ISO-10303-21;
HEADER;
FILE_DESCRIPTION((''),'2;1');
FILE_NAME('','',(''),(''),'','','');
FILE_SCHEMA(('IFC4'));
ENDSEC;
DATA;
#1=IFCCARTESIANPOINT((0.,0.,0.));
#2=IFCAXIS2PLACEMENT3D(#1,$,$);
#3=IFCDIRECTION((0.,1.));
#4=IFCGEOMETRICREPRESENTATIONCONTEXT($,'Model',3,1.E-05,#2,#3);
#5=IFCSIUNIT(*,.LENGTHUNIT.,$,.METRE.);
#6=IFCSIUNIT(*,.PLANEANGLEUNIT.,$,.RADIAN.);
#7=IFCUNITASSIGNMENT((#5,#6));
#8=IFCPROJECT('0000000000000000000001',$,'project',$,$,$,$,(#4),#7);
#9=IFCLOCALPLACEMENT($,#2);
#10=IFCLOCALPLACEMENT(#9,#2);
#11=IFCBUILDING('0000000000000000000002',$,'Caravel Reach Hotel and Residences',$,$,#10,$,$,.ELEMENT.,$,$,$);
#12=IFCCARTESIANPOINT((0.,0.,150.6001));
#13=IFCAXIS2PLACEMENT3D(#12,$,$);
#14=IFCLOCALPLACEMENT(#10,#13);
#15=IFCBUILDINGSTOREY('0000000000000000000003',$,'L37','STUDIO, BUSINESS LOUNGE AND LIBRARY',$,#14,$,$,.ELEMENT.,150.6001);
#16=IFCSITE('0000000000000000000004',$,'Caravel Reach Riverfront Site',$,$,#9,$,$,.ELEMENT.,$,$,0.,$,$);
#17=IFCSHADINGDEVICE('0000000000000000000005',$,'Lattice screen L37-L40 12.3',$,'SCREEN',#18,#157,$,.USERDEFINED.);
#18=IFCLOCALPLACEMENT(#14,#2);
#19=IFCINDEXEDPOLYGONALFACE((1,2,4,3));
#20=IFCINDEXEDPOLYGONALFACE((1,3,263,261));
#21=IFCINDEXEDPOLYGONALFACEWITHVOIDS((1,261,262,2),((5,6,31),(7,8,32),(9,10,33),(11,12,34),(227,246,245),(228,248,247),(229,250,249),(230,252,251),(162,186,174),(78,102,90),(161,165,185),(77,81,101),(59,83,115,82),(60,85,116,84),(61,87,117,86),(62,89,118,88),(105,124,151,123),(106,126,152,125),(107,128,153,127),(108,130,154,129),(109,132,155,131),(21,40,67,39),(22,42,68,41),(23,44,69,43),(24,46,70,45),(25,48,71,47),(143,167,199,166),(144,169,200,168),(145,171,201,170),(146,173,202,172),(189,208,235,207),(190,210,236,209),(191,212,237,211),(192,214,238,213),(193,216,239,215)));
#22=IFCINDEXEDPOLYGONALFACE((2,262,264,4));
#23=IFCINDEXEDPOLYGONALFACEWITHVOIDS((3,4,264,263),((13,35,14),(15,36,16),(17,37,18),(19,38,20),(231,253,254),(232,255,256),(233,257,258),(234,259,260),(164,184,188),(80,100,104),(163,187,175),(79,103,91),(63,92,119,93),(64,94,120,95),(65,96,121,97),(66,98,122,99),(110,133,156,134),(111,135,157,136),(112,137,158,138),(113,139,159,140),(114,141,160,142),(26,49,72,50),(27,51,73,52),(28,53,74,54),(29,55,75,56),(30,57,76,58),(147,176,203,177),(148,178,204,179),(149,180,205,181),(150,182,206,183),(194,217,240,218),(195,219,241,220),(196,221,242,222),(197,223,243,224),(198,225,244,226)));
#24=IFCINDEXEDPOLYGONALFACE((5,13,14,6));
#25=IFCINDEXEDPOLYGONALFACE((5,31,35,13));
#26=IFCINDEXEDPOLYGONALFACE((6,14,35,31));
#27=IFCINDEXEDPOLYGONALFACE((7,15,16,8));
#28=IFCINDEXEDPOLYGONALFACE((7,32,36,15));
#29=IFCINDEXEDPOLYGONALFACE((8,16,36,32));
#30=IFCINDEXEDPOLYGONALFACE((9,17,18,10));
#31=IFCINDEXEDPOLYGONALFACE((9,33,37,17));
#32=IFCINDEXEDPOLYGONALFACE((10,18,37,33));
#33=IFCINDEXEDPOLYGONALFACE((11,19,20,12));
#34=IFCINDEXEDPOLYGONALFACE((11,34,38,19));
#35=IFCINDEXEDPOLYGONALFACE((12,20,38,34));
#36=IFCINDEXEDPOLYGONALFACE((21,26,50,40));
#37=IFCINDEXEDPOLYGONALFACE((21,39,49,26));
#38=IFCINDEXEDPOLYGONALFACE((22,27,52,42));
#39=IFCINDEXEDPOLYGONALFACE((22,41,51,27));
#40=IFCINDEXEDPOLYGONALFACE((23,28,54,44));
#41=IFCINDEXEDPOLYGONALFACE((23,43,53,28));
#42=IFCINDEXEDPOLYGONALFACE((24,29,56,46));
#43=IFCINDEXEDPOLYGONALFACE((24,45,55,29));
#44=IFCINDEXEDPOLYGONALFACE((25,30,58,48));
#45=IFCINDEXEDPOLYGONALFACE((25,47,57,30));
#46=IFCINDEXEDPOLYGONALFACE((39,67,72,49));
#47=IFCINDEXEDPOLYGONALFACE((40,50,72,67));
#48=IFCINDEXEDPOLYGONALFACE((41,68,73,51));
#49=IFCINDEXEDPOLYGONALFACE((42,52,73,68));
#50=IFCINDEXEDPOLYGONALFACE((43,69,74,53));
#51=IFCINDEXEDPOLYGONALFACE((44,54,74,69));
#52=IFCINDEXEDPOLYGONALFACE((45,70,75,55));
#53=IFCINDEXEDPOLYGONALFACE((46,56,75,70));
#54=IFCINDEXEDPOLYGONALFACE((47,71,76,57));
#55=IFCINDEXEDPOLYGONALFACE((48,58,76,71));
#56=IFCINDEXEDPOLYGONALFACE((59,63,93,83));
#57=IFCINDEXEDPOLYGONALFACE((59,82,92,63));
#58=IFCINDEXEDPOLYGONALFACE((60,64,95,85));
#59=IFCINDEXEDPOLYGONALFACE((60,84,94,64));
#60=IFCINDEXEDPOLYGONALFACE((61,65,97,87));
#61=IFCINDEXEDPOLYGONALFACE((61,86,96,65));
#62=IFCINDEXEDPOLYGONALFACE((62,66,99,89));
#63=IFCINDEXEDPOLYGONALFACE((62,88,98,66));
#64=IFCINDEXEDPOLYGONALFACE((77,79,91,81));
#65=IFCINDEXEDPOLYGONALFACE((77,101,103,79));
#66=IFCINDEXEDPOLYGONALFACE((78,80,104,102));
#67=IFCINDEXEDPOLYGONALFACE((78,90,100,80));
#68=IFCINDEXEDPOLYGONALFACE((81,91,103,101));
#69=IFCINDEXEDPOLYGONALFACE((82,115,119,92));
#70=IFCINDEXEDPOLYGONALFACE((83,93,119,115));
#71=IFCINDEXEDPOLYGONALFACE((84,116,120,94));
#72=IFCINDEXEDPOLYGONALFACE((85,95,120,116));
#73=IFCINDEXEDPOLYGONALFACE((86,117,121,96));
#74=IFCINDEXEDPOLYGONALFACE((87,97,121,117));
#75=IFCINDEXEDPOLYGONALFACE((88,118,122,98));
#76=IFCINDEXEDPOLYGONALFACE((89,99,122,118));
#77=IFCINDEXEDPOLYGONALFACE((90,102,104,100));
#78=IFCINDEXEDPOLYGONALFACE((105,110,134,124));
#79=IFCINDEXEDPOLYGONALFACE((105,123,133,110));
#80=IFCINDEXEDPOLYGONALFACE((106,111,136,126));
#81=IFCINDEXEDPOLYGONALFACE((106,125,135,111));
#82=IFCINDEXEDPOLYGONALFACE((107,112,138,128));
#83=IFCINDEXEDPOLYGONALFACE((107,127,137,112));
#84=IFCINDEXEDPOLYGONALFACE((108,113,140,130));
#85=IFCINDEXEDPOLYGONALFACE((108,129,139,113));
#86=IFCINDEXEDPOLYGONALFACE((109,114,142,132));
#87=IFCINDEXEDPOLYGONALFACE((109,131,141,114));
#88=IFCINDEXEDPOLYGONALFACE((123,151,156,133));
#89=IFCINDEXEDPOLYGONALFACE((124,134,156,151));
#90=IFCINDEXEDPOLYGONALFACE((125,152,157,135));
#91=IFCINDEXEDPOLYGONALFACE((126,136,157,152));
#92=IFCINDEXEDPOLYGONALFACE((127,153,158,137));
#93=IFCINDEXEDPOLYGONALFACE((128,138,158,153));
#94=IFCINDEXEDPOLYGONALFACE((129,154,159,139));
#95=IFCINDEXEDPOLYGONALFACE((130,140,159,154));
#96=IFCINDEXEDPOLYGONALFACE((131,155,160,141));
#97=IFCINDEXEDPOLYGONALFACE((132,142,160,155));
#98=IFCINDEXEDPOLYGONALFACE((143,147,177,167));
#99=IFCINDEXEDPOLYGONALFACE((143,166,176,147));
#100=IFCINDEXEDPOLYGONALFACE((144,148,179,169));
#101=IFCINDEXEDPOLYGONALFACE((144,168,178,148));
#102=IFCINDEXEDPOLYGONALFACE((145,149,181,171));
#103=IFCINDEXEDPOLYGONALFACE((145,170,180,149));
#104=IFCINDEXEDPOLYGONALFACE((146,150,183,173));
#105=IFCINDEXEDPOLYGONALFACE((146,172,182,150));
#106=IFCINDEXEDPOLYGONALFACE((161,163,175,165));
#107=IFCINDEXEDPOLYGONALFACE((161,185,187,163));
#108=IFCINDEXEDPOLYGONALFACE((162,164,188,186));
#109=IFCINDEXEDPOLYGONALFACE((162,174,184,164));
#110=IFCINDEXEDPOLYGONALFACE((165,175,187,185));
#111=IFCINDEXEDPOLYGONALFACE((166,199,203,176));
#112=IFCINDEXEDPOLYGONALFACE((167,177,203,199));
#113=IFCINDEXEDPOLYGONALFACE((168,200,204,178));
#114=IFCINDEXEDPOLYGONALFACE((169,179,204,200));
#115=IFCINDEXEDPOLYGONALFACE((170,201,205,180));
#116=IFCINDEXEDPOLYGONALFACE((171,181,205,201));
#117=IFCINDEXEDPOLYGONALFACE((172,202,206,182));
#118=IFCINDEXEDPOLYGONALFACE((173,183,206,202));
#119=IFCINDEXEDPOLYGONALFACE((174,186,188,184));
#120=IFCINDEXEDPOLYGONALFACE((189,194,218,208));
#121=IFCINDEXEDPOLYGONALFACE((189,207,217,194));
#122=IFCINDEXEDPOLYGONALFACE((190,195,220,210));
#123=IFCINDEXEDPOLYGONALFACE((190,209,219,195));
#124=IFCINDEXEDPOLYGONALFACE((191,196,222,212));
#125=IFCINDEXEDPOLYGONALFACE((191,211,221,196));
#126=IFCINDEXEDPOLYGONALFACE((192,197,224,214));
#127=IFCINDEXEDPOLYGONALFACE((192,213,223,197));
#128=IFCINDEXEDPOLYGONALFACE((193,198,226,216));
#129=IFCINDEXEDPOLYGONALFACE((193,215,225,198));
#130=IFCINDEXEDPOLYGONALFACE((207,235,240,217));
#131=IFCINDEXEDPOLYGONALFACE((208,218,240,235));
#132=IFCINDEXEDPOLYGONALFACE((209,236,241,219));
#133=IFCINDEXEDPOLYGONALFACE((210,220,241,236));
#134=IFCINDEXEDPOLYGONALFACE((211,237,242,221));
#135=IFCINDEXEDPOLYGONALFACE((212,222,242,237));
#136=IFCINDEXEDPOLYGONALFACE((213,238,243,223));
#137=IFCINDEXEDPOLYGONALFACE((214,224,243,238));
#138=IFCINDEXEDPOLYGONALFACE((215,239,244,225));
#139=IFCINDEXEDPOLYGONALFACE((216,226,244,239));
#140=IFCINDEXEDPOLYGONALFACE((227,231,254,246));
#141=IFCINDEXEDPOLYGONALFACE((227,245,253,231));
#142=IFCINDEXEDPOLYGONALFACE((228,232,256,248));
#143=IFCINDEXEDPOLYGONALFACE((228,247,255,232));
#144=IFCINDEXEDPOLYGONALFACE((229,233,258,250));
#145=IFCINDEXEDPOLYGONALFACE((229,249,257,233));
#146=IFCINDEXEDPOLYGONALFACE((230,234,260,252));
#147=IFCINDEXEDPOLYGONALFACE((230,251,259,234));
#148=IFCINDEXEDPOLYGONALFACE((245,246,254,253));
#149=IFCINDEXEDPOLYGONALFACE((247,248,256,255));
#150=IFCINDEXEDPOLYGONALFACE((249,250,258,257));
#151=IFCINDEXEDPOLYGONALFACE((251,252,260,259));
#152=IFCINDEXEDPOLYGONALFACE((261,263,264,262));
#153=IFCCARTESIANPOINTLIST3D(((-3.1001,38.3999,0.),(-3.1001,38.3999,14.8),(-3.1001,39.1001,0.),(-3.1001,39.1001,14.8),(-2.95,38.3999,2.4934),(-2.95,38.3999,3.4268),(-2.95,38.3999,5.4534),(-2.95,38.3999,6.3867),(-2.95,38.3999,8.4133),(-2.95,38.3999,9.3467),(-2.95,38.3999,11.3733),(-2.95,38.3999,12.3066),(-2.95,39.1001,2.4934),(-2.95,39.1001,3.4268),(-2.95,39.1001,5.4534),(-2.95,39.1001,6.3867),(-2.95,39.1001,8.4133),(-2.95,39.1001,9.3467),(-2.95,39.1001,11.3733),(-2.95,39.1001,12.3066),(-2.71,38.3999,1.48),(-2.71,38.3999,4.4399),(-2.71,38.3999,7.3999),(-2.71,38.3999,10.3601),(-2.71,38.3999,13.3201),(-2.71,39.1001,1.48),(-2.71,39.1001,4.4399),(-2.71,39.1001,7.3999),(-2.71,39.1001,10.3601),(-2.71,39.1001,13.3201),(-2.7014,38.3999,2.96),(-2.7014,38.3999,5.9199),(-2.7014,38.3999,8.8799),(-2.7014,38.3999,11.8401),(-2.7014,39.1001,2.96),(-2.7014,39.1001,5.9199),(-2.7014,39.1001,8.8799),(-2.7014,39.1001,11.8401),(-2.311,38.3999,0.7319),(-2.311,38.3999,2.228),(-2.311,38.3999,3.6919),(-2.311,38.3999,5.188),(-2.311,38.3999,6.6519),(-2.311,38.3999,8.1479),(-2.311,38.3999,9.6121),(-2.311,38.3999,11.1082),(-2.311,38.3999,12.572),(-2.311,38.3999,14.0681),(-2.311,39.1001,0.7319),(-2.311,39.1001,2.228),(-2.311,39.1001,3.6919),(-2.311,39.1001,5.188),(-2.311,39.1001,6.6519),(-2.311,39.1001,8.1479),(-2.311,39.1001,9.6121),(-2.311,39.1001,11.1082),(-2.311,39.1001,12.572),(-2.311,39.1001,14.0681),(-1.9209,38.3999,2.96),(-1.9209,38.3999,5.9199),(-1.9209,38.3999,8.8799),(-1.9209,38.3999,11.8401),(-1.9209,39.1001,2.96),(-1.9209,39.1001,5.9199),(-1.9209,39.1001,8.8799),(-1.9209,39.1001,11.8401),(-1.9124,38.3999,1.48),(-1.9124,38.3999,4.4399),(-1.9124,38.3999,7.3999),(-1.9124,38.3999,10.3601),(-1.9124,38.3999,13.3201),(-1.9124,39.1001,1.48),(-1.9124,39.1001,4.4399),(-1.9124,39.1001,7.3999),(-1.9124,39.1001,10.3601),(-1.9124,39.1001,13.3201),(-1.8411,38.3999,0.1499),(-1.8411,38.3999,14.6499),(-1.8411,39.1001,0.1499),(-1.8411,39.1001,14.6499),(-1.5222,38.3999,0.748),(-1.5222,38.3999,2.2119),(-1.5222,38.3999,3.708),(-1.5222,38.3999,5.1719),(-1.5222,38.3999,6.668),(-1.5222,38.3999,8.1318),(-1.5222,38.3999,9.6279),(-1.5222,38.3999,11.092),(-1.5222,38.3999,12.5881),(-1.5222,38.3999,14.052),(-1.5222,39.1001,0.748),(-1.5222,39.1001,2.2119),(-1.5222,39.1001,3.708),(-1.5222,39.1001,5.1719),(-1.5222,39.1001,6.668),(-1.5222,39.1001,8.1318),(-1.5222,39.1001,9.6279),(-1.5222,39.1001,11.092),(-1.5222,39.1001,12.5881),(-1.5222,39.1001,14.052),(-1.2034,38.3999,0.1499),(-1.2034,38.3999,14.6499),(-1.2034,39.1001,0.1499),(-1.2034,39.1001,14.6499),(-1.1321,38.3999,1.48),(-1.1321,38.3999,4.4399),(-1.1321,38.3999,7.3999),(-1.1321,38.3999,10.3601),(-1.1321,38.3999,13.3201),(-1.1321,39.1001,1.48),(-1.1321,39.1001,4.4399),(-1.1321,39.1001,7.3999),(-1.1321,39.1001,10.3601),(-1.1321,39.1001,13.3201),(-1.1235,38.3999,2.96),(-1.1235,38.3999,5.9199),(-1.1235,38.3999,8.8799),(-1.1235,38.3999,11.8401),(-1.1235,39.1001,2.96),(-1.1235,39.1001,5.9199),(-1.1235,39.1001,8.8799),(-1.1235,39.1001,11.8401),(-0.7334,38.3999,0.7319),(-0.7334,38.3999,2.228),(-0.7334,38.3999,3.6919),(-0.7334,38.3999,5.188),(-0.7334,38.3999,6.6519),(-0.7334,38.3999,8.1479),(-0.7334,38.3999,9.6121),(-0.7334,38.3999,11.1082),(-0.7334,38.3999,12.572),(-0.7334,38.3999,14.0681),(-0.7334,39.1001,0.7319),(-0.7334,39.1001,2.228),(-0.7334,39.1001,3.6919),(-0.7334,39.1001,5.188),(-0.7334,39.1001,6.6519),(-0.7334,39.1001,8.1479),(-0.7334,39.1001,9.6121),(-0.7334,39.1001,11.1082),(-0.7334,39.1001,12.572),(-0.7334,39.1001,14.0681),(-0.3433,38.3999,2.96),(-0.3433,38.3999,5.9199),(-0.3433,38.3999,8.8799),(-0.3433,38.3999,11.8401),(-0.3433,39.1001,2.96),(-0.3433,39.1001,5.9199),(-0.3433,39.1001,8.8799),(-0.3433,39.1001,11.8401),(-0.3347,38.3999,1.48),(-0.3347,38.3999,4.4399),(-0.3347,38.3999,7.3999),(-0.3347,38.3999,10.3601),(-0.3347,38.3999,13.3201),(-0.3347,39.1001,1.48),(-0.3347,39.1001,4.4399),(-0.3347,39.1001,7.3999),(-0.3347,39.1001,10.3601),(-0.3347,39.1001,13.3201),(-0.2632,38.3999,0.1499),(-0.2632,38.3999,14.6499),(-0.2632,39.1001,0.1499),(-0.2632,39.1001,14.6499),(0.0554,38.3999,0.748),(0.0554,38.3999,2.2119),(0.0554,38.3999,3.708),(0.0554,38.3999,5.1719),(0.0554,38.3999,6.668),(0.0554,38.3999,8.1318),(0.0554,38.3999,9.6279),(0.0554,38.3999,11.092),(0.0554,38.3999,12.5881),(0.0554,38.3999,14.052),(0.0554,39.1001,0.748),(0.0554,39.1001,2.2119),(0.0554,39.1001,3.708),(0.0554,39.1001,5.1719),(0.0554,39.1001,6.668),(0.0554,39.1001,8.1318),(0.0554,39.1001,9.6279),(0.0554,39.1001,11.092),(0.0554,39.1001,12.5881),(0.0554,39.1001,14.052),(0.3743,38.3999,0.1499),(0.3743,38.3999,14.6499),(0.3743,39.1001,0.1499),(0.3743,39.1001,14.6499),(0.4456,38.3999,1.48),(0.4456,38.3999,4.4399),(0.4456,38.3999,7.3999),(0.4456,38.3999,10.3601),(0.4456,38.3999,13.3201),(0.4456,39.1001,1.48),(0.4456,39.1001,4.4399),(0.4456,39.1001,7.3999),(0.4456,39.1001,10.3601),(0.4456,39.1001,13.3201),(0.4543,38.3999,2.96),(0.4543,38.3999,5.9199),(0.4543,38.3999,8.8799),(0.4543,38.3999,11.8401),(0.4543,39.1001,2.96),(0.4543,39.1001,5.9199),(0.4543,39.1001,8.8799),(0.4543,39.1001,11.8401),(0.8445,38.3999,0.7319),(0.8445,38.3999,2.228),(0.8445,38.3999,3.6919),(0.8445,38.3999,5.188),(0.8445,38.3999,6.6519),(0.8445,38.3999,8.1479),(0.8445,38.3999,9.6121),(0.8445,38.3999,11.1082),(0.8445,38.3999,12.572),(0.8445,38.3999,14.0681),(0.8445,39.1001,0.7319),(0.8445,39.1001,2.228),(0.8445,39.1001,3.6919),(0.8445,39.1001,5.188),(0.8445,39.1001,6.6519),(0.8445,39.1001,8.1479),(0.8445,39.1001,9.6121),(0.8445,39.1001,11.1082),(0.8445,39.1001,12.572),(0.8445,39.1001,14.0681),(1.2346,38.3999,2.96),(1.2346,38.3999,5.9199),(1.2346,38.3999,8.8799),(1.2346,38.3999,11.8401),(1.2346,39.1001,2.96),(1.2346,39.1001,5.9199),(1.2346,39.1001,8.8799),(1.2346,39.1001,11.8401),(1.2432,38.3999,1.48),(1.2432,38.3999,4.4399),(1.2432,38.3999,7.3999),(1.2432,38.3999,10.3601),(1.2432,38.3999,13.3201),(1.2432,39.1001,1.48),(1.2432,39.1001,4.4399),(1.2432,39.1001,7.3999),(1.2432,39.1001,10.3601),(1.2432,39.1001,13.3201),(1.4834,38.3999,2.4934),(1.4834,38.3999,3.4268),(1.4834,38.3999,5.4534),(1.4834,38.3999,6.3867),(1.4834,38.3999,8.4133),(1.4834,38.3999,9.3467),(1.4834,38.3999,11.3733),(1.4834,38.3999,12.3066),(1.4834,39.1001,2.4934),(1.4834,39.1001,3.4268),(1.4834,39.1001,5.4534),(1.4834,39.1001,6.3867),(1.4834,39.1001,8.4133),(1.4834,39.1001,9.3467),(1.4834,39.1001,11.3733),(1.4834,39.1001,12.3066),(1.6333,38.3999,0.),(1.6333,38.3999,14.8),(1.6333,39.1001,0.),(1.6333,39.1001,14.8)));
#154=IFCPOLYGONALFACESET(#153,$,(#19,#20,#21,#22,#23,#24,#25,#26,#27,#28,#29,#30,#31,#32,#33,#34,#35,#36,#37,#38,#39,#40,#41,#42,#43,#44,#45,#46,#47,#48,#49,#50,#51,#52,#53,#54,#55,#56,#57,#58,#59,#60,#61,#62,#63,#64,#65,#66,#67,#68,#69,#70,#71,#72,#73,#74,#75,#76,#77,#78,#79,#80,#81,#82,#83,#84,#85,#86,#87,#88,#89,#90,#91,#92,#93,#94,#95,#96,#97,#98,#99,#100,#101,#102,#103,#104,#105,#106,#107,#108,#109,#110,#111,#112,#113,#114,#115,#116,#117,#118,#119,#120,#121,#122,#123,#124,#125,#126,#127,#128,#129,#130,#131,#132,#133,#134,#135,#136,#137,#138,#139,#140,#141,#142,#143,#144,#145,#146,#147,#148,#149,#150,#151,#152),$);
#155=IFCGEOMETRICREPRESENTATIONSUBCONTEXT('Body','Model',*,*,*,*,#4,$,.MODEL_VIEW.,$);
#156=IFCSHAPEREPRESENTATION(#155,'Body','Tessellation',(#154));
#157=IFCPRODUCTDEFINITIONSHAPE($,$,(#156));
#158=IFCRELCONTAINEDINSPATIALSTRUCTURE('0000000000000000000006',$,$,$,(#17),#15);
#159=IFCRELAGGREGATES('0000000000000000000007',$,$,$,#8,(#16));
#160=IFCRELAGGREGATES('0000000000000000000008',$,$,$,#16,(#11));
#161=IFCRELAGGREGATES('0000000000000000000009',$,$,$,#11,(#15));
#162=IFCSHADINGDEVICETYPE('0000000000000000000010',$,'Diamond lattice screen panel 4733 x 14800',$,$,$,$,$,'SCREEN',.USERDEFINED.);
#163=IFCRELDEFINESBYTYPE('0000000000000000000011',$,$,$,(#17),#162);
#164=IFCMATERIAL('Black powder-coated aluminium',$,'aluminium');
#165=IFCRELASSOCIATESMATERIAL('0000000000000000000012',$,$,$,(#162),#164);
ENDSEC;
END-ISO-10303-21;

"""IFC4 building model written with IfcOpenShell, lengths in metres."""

from ifc_helpers import new_model, si_unit, direction, frame, origin, place, context, subcontext, project, spatial, polyline, outline, extrude, material, type_object, element, save


model = new_model("IFC4")

# Units and contexts
model_context = context("Model", 3, precision=1e-05, world=origin(), true_north=direction((0.0, 1.0)))
body_context = subcontext(model_context, "Body", "Model", "MODEL_VIEW")
ifc_project = project(units=[si_unit("LENGTHUNIT", "METRE"), si_unit("PLANEANGLEUNIT", "RADIAN")], contexts=[model_context])

# Site, building, storey
site_placement = place(None, origin())
site = spatial("IfcSite", under=ifc_project, at=site_placement, Name="Caravel Reach Riverfront Site", CompositionType="ELEMENT", RefElevation=0.0)
building_placement = place(site_placement, origin())
building = spatial("IfcBuilding", under=site, at=building_placement, Name="Caravel Reach Hotel and Residences", CompositionType="ELEMENT")
storey_placement = place(building_placement, frame((0.0, 0.0, 150.6001)))
storey = spatial("IfcBuildingStorey", under=building, at=storey_placement, Name="L37", Description="STUDIO, BUSINESS LOUNGE AND LIBRARY", CompositionType="ELEMENT", Elevation=150.6001)

# Shading device
ifc_material_1 = material(Name="Black powder-coated aluminium", Category="aluminium")
shading_device_type_1 = type_object("IfcShadingDeviceType", Name="Diamond lattice screen panel 4733 x 14800", ElementType="SCREEN", PredefinedType="USERDEFINED", material=ifc_material_1)
shading_device_1_placement = place(storey_placement, frame((1.6333, 38.3999, 0.0), z_axis=(0.0, 1.0, 0.0), x_axis=(-1.0, 0.0, 0.0)))
element("IfcShadingDevice", 1, at=shading_device_1_placement, inside=storey, type_object=shading_device_type_1, Name="Lattice screen L37-L40 12.3", ObjectType="SCREEN", PredefinedType="USERDEFINED", context=body_context, shape_type="SweptSolid", body=[
    extrude(outline(polyline([(0.0, 0.0), (4.7334, 0.0), (4.7334, 14.8), (0.0, 14.8), (0.0, 0.0)]), holes=[polyline([(0.3987, 2.96), (0.1499, 3.4268), (0.1499, 2.4934), (0.3987, 2.96)]), polyline([(0.3987, 5.9199), (0.1499, 6.3867), (0.1499, 5.4534), (0.3987, 5.9199)]), polyline([(0.3987, 8.8799), (0.1499, 9.3467), (0.1499, 8.4133), (0.3987, 8.8799)]), polyline([(0.3987, 11.8401), (0.1499, 12.3066), (0.1499, 11.3733), (0.3987, 11.8401)]), polyline([(0.7888, 2.228), (0.3901, 1.48), (0.7888, 0.7319), (1.1877, 1.48), (0.7888, 2.228)]), polyline([(0.7888, 5.188), (0.3901, 4.4399), (0.7888, 3.6919), (1.1877, 4.4399), (0.7888, 5.188)]), polyline([(0.7888, 8.1479), (0.3901, 7.3999), (0.7888, 6.6519), (1.1877, 7.3999), (0.7888, 8.1479)]), polyline([(0.7888, 11.1082), (0.3901, 10.3601), (0.7888, 9.6121), (1.1877, 10.3601), (0.7888, 11.1082)]), polyline([(0.7888, 14.0681), (0.3901, 13.3201), (0.7888, 12.572), (1.1877, 13.3201), (0.7888, 14.0681)]), polyline([(1.5779, 0.748), (1.259, 0.1499), (1.8965, 0.1499), (1.5779, 0.748)]), polyline([(1.5779, 3.708), (1.179, 2.96), (1.5779, 2.2119), (1.9766, 2.96), (1.5779, 3.708)]), polyline([(1.5779, 6.668), (1.179, 5.9199), (1.5779, 5.1719), (1.9766, 5.9199), (1.5779, 6.668)]), polyline([(1.5779, 9.6279), (1.179, 8.8799), (1.5779, 8.1318), (1.9766, 8.8799), (1.5779, 9.6279)]), polyline([(1.5779, 12.5881), (1.179, 11.8401), (1.5779, 11.092), (1.9766, 11.8401), (1.5779, 12.5881)]), polyline([(1.5779, 14.052), (1.8965, 14.6499), (1.259, 14.6499), (1.5779, 14.052)]), polyline([(2.3667, 2.228), (1.968, 1.48), (2.3667, 0.7319), (2.7654, 1.48), (2.3667, 2.228)]), polyline([(2.3667, 5.188), (1.968, 4.4399), (2.3667, 3.6919), (2.7654, 4.4399), (2.3667, 5.188)]), polyline([(2.3667, 8.1479), (1.968, 7.3999), (2.3667, 6.6519), (2.7654, 7.3999), (2.3667, 8.1479)]), polyline([(2.3667, 11.1082), (1.968, 10.3601), (2.3667, 9.6121), (2.7654, 10.3601), (2.3667, 11.1082)]), polyline([(2.3667, 14.0681), (1.968, 13.3201), (2.3667, 12.572), (2.7654, 13.3201), (2.3667, 14.0681)]), polyline([(3.1555, 0.748), (2.8367, 0.1499), (3.4744, 0.1499), (3.1555, 0.748)]), polyline([(3.1555, 3.708), (2.7568, 2.96), (3.1555, 2.2119), (3.5542, 2.96), (3.1555, 3.708)]), polyline([(3.1555, 6.668), (2.7568, 5.9199), (3.1555, 5.1719), (3.5542, 5.9199), (3.1555, 6.668)]), polyline([(3.1555, 9.6279), (2.7568, 8.8799), (3.1555, 8.1318), (3.5542, 8.8799), (3.1555, 9.6279)]), polyline([(3.1555, 12.5881), (2.7568, 11.8401), (3.1555, 11.092), (3.5542, 11.8401), (3.1555, 12.5881)]), polyline([(3.1555, 14.052), (3.4744, 14.6499), (2.8367, 14.6499), (3.1555, 14.052)]), polyline([(3.9443, 2.228), (3.5457, 1.48), (3.9443, 0.7319), (4.3433, 1.48), (3.9443, 2.228)]), polyline([(3.9443, 5.188), (3.5457, 4.4399), (3.9443, 3.6919), (4.3433, 4.4399), (3.9443, 5.188)]), polyline([(3.9443, 8.1479), (3.5457, 7.3999), (3.9443, 6.6519), (4.3433, 7.3999), (3.9443, 8.1479)]), polyline([(3.9443, 11.1082), (3.5457, 10.3601), (3.9443, 9.6121), (4.3433, 10.3601), (3.9443, 11.1082)]), polyline([(3.9443, 14.0681), (3.5457, 13.3201), (3.9443, 12.572), (4.3433, 13.3201), (3.9443, 14.0681)]), polyline([(4.3347, 2.96), (4.5833, 2.4934), (4.5833, 3.4268), (4.3347, 2.96)]), polyline([(4.3347, 5.9199), (4.5833, 5.4534), (4.5833, 6.3867), (4.3347, 5.9199)]), polyline([(4.3347, 8.8799), (4.5833, 8.4133), (4.5833, 9.3467), (4.3347, 8.8799)]), polyline([(4.3347, 11.8401), (4.5833, 11.3733), (4.5833, 12.3066), (4.3347, 11.8401)])]), origin(), (0.0, 0.0, 1.0), 0.7002),
])

save(model, "model.ifc")
